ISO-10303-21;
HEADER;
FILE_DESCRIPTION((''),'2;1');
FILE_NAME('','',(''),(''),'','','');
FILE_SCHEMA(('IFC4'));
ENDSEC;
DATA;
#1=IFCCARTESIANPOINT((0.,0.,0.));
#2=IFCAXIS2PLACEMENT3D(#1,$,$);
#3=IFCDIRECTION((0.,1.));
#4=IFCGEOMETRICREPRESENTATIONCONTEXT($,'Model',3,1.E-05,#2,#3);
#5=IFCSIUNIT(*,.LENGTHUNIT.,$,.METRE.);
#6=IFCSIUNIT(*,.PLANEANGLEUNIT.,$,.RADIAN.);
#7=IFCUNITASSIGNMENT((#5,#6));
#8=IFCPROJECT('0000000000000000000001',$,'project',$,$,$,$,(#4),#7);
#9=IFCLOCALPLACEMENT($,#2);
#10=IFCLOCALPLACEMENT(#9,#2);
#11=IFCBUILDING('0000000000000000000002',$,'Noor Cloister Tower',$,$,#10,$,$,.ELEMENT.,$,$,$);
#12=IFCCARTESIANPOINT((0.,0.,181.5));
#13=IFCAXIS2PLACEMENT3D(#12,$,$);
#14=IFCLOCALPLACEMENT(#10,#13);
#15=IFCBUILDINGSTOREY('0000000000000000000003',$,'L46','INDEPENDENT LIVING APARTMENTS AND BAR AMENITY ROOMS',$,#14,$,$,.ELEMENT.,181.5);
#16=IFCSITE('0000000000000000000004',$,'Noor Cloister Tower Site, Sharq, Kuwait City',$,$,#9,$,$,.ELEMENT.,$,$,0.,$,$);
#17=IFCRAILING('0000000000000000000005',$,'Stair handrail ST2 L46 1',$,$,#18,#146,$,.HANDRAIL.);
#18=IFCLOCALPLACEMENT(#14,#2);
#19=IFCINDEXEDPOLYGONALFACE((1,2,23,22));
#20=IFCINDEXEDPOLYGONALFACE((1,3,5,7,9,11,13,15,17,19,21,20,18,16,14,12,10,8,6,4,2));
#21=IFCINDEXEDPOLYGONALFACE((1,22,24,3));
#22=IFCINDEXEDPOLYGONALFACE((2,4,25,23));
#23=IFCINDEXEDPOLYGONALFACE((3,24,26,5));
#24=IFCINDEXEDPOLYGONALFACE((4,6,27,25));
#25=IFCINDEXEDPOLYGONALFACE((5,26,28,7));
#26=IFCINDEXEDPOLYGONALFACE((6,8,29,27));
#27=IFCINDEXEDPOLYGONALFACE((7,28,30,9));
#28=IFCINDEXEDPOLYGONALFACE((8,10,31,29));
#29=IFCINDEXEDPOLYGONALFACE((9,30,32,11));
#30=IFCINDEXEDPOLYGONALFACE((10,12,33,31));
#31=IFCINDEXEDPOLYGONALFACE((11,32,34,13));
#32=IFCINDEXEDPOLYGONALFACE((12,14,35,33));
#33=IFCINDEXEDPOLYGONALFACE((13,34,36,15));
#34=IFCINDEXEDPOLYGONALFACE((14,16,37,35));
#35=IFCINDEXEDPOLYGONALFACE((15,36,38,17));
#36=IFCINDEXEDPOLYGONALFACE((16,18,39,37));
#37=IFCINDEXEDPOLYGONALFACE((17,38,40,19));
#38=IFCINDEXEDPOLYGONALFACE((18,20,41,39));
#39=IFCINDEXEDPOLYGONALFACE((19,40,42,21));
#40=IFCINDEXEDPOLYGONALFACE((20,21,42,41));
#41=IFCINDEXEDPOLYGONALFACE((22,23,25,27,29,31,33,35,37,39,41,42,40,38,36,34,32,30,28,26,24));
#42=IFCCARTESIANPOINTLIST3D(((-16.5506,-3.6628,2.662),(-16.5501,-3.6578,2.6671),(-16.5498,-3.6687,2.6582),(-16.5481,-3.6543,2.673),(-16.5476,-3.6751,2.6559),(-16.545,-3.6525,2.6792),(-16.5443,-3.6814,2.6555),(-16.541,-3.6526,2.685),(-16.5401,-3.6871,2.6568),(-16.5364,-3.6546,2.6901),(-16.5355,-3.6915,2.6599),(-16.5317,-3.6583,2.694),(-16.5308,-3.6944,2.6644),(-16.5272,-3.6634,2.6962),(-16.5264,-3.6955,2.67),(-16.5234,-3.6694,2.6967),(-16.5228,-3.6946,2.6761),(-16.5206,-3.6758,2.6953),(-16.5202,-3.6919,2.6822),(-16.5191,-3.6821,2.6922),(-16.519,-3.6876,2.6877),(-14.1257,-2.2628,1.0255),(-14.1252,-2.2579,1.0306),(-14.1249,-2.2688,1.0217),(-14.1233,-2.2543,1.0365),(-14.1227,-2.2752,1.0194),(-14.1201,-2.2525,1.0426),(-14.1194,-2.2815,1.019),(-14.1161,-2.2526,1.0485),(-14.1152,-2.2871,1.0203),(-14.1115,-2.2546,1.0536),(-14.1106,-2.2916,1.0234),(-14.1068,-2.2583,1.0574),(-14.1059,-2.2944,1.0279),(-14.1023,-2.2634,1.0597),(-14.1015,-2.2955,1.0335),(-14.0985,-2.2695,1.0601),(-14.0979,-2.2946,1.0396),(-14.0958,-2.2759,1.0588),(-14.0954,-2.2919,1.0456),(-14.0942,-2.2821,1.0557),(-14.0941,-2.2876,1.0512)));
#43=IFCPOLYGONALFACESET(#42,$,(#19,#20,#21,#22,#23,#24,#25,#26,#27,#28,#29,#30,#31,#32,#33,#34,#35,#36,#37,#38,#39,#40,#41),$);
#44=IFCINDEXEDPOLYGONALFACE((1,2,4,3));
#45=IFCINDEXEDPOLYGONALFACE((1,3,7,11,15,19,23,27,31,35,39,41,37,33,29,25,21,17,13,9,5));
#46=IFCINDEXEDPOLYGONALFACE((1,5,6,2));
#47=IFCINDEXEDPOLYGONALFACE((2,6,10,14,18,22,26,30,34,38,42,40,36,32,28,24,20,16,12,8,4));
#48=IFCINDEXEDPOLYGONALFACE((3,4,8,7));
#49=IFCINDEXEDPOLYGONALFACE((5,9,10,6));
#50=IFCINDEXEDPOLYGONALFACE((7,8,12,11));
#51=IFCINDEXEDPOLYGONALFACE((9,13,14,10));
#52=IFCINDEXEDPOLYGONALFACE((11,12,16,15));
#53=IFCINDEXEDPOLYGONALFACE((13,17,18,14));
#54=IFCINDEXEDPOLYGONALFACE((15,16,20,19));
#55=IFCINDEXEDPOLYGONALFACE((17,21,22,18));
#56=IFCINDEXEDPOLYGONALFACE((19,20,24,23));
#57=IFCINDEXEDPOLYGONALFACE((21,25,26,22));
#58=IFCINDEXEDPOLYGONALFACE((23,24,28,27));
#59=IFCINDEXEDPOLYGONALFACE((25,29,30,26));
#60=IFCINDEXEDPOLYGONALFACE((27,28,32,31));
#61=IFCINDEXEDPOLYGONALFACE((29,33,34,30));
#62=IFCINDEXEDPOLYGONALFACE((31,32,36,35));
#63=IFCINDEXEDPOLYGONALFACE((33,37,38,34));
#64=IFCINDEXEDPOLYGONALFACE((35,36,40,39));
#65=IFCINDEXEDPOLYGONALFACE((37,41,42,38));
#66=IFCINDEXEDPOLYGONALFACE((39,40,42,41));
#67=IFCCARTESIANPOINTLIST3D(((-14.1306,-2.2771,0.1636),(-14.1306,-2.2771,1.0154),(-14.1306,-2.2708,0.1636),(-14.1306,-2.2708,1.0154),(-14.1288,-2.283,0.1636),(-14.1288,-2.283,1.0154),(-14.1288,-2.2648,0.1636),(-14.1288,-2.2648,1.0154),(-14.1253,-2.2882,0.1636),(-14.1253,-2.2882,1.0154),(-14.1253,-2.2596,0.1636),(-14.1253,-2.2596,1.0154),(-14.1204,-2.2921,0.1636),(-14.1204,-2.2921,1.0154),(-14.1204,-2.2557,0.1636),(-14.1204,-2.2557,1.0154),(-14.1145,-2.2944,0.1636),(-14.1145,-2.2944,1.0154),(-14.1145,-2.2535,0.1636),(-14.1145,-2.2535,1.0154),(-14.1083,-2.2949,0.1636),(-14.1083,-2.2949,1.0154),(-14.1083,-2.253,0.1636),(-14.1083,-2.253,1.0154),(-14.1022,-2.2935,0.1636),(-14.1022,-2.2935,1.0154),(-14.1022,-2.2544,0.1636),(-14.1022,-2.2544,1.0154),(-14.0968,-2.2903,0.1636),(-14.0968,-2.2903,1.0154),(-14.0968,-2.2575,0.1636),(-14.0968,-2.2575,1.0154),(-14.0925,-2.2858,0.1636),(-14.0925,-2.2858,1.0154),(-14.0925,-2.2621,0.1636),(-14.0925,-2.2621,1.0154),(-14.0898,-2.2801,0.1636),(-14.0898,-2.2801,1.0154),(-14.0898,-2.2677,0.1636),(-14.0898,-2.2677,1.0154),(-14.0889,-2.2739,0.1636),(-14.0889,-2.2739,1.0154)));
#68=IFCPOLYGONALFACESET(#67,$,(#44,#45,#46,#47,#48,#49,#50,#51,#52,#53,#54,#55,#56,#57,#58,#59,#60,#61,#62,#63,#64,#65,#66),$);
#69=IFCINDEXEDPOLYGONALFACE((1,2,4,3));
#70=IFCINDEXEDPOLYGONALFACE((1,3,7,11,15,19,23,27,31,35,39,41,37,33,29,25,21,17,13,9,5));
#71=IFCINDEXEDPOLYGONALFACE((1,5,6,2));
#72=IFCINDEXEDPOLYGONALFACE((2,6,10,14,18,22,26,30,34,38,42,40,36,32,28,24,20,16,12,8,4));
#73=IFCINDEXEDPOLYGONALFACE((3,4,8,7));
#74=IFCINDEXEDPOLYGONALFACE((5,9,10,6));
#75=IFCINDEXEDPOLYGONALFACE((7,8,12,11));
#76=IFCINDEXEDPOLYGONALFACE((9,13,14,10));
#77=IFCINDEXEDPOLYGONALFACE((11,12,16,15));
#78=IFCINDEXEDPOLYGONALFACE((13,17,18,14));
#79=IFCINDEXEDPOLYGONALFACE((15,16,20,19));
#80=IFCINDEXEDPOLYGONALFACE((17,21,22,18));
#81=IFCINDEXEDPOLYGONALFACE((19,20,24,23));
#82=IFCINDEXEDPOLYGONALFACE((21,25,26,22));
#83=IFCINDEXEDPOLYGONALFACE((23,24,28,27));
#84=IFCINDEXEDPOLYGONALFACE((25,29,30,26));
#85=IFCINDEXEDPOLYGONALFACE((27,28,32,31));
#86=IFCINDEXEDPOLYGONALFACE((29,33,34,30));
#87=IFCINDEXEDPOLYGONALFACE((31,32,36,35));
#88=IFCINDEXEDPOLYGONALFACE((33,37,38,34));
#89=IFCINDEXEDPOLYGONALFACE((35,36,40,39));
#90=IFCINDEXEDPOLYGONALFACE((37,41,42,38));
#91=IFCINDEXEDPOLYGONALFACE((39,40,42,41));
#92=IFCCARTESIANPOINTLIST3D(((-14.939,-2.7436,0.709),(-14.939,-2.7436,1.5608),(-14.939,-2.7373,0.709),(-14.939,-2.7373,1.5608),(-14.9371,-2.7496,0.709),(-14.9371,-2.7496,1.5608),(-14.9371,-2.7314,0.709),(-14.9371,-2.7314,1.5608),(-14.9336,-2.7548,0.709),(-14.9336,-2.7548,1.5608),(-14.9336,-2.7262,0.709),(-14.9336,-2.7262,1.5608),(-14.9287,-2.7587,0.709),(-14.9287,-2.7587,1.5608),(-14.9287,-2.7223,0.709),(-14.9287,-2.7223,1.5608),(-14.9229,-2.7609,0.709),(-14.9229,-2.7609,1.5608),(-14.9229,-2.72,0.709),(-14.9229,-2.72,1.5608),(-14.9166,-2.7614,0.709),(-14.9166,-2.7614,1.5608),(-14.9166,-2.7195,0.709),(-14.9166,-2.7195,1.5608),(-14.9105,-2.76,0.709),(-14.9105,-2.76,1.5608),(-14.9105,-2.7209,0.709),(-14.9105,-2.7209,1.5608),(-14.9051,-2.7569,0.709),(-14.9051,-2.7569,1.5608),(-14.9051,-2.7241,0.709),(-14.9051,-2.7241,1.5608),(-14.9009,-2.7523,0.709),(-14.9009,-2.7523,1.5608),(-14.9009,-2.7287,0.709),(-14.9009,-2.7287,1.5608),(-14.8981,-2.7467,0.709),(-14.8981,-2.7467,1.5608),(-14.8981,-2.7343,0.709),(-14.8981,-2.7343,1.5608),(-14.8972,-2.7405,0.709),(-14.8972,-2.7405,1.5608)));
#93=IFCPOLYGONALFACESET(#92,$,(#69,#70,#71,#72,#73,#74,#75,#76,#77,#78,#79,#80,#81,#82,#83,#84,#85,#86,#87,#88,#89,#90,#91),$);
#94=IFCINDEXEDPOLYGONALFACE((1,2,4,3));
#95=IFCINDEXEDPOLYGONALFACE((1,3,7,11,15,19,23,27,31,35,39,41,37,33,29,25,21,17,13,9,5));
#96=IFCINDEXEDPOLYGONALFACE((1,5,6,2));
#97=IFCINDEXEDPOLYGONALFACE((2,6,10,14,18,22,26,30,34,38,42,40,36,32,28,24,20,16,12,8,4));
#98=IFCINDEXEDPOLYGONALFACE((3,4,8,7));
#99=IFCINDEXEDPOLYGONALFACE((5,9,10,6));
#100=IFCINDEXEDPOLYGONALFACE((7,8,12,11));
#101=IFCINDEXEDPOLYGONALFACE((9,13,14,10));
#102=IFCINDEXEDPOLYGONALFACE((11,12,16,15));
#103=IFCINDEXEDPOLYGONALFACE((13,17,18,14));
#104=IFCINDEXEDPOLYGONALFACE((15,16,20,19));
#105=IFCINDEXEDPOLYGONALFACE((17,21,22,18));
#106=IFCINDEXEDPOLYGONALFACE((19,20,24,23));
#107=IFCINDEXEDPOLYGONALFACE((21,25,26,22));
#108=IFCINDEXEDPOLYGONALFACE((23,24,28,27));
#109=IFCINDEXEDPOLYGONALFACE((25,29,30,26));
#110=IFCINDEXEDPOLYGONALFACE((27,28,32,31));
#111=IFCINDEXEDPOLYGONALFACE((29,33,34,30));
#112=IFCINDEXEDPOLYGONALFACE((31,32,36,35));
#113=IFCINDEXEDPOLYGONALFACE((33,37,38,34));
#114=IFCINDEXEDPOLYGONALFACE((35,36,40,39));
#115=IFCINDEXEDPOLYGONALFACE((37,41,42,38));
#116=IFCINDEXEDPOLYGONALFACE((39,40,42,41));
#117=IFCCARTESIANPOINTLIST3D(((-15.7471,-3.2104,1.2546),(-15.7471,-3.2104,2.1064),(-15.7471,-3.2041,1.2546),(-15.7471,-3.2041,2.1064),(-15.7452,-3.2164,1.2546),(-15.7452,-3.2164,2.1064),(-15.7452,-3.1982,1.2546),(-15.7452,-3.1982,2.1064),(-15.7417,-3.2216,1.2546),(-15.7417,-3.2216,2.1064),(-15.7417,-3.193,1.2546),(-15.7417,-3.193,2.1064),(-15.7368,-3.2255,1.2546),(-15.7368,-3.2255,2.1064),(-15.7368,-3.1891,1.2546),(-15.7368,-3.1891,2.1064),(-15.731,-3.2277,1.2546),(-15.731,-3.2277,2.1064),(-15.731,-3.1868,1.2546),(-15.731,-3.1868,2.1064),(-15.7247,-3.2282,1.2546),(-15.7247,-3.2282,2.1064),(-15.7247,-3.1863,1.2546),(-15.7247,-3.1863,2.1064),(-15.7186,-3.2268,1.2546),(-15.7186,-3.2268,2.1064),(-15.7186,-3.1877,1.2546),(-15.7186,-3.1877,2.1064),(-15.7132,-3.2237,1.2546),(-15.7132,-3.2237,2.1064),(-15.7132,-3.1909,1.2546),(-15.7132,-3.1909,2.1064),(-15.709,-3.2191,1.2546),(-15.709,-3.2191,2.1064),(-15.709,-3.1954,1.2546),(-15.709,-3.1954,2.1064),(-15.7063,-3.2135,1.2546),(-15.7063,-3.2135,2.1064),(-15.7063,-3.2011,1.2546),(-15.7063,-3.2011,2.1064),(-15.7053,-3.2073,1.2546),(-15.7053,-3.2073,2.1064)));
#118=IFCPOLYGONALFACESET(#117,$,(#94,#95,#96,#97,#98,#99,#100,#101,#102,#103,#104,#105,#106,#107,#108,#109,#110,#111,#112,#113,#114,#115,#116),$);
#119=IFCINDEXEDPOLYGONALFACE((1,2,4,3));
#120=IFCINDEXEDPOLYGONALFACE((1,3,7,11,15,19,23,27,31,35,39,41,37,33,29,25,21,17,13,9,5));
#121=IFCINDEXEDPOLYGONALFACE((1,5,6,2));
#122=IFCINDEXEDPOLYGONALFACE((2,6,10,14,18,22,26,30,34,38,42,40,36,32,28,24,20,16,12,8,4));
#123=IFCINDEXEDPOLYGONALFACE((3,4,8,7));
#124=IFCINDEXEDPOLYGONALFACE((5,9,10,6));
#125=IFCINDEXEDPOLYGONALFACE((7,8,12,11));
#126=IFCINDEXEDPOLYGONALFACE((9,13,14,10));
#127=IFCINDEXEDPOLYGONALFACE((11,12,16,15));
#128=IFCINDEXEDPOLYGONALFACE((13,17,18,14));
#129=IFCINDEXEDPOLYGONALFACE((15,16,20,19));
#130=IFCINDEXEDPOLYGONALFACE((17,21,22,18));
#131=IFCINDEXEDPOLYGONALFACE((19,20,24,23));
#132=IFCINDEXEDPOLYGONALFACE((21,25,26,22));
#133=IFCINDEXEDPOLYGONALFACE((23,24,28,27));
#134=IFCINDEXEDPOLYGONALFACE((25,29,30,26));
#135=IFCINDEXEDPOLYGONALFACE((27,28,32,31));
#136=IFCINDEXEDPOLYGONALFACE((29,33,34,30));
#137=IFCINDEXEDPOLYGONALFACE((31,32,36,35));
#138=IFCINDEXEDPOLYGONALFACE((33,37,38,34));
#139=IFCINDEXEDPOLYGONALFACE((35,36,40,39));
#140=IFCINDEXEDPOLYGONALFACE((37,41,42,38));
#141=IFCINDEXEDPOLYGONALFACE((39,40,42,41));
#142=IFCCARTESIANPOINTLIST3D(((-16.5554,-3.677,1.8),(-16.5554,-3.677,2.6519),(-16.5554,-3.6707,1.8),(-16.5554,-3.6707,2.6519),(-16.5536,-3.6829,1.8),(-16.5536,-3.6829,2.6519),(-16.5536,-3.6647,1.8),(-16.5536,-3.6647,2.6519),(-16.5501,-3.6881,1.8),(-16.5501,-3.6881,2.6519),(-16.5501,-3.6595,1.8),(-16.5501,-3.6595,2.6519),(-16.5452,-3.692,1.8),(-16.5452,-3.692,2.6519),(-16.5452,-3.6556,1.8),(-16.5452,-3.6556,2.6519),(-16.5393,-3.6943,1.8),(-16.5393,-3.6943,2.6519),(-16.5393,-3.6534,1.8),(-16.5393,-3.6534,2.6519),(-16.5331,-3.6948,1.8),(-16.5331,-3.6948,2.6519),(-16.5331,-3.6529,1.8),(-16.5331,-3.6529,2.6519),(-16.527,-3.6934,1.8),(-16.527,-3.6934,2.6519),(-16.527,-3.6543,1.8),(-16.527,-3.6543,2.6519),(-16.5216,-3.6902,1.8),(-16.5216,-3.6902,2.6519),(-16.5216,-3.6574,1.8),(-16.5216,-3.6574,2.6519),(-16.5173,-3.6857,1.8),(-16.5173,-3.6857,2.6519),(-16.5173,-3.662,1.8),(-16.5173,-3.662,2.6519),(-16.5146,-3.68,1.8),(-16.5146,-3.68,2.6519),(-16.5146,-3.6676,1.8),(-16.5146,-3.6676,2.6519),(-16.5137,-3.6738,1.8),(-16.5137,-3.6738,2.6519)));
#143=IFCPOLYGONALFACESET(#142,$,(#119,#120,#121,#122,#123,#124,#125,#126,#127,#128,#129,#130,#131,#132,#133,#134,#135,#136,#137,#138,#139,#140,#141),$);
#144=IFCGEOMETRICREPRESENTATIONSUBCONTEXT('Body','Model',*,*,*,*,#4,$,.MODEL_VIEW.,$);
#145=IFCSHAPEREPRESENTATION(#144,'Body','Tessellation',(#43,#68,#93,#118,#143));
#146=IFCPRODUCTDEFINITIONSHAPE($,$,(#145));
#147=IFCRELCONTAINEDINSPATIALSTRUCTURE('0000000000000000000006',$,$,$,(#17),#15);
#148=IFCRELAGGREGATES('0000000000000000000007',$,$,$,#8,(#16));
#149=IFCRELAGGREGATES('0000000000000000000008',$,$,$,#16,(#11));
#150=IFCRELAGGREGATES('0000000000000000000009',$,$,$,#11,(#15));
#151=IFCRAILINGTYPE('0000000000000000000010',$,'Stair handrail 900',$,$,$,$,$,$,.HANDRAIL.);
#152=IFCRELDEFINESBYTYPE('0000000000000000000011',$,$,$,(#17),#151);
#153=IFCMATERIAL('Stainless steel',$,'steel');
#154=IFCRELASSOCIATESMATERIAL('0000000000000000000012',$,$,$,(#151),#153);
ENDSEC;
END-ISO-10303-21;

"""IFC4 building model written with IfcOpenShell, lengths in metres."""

from ifc_helpers import new_model, si_unit, direction, frame, origin, origin_2d, place, context, subcontext, project, spatial, circle, extrude, material, type_object, element, save


model = new_model("IFC4")

# Units and contexts
model_context = context("Model", 3, precision=1e-05, world=origin(), true_north=direction((0.0, 1.0)))
body_context = subcontext(model_context, "Body", "Model", "MODEL_VIEW")
ifc_project = project(units=[si_unit("LENGTHUNIT", "METRE"), si_unit("PLANEANGLEUNIT", "RADIAN")], contexts=[model_context])

# Site, building, storey
site_placement = place(None, origin())
site = spatial("IfcSite", under=ifc_project, at=site_placement, Name="Noor Cloister Tower Site, Sharq, Kuwait City", CompositionType="ELEMENT", RefElevation=0.0)
building_placement = place(site_placement, origin())
building = spatial("IfcBuilding", under=site, at=building_placement, Name="Noor Cloister Tower", CompositionType="ELEMENT")
storey_placement = place(building_placement, frame((0.0, 0.0, 181.5)))
storey = spatial("IfcBuildingStorey", under=building, at=storey_placement, Name="L46", Description="INDEPENDENT LIVING APARTMENTS AND BAR AMENITY ROOMS", CompositionType="ELEMENT", Elevation=181.5)

# Railing
ifc_material_1 = material(Name="Stainless steel", Category="steel")
railing_type = type_object("IfcRailingType", Name="Stair handrail 900", PredefinedType="HANDRAIL", material=ifc_material_1)
railing_1_placement = place(storey_placement, frame((-14.1099, -2.2739, 0.1636)))
element("IfcRailing", 1, at=railing_1_placement, inside=storey, type_object=railing_type, Name="Stair handrail ST2 L46 1", PredefinedType="HANDRAIL", context=body_context, shape_type="SweptSolid", body=[
    extrude(circle(Radius=0.0239, at=origin_2d()), frame((0.0, 0.0, 0.876), z_axis=(-0.74769, -0.431661, 0.504608), x_axis=(0.499984, -0.866035, 0.0)), (0.0, 0.0, 1.0), 3.2432),
    extrude(circle(Radius=0.021, at=origin_2d()), origin(), (0.0, 0.0, 1.0), 0.8518),
    extrude(circle(Radius=0.021, at=origin_2d()), frame((-0.8083, -0.4666, 0.5454)), (0.0, 0.0, 1.0), 0.8518),
    extrude(circle(Radius=0.021, at=origin_2d()), frame((-1.6165, -0.9333, 1.0911)), (0.0, 0.0, 1.0), 0.8518),
    extrude(circle(Radius=0.021, at=origin_2d()), frame((-2.4248, -1.3999, 1.6365)), (0.0, 0.0, 1.0), 0.8518),
])

save(model, "model.ifc")
